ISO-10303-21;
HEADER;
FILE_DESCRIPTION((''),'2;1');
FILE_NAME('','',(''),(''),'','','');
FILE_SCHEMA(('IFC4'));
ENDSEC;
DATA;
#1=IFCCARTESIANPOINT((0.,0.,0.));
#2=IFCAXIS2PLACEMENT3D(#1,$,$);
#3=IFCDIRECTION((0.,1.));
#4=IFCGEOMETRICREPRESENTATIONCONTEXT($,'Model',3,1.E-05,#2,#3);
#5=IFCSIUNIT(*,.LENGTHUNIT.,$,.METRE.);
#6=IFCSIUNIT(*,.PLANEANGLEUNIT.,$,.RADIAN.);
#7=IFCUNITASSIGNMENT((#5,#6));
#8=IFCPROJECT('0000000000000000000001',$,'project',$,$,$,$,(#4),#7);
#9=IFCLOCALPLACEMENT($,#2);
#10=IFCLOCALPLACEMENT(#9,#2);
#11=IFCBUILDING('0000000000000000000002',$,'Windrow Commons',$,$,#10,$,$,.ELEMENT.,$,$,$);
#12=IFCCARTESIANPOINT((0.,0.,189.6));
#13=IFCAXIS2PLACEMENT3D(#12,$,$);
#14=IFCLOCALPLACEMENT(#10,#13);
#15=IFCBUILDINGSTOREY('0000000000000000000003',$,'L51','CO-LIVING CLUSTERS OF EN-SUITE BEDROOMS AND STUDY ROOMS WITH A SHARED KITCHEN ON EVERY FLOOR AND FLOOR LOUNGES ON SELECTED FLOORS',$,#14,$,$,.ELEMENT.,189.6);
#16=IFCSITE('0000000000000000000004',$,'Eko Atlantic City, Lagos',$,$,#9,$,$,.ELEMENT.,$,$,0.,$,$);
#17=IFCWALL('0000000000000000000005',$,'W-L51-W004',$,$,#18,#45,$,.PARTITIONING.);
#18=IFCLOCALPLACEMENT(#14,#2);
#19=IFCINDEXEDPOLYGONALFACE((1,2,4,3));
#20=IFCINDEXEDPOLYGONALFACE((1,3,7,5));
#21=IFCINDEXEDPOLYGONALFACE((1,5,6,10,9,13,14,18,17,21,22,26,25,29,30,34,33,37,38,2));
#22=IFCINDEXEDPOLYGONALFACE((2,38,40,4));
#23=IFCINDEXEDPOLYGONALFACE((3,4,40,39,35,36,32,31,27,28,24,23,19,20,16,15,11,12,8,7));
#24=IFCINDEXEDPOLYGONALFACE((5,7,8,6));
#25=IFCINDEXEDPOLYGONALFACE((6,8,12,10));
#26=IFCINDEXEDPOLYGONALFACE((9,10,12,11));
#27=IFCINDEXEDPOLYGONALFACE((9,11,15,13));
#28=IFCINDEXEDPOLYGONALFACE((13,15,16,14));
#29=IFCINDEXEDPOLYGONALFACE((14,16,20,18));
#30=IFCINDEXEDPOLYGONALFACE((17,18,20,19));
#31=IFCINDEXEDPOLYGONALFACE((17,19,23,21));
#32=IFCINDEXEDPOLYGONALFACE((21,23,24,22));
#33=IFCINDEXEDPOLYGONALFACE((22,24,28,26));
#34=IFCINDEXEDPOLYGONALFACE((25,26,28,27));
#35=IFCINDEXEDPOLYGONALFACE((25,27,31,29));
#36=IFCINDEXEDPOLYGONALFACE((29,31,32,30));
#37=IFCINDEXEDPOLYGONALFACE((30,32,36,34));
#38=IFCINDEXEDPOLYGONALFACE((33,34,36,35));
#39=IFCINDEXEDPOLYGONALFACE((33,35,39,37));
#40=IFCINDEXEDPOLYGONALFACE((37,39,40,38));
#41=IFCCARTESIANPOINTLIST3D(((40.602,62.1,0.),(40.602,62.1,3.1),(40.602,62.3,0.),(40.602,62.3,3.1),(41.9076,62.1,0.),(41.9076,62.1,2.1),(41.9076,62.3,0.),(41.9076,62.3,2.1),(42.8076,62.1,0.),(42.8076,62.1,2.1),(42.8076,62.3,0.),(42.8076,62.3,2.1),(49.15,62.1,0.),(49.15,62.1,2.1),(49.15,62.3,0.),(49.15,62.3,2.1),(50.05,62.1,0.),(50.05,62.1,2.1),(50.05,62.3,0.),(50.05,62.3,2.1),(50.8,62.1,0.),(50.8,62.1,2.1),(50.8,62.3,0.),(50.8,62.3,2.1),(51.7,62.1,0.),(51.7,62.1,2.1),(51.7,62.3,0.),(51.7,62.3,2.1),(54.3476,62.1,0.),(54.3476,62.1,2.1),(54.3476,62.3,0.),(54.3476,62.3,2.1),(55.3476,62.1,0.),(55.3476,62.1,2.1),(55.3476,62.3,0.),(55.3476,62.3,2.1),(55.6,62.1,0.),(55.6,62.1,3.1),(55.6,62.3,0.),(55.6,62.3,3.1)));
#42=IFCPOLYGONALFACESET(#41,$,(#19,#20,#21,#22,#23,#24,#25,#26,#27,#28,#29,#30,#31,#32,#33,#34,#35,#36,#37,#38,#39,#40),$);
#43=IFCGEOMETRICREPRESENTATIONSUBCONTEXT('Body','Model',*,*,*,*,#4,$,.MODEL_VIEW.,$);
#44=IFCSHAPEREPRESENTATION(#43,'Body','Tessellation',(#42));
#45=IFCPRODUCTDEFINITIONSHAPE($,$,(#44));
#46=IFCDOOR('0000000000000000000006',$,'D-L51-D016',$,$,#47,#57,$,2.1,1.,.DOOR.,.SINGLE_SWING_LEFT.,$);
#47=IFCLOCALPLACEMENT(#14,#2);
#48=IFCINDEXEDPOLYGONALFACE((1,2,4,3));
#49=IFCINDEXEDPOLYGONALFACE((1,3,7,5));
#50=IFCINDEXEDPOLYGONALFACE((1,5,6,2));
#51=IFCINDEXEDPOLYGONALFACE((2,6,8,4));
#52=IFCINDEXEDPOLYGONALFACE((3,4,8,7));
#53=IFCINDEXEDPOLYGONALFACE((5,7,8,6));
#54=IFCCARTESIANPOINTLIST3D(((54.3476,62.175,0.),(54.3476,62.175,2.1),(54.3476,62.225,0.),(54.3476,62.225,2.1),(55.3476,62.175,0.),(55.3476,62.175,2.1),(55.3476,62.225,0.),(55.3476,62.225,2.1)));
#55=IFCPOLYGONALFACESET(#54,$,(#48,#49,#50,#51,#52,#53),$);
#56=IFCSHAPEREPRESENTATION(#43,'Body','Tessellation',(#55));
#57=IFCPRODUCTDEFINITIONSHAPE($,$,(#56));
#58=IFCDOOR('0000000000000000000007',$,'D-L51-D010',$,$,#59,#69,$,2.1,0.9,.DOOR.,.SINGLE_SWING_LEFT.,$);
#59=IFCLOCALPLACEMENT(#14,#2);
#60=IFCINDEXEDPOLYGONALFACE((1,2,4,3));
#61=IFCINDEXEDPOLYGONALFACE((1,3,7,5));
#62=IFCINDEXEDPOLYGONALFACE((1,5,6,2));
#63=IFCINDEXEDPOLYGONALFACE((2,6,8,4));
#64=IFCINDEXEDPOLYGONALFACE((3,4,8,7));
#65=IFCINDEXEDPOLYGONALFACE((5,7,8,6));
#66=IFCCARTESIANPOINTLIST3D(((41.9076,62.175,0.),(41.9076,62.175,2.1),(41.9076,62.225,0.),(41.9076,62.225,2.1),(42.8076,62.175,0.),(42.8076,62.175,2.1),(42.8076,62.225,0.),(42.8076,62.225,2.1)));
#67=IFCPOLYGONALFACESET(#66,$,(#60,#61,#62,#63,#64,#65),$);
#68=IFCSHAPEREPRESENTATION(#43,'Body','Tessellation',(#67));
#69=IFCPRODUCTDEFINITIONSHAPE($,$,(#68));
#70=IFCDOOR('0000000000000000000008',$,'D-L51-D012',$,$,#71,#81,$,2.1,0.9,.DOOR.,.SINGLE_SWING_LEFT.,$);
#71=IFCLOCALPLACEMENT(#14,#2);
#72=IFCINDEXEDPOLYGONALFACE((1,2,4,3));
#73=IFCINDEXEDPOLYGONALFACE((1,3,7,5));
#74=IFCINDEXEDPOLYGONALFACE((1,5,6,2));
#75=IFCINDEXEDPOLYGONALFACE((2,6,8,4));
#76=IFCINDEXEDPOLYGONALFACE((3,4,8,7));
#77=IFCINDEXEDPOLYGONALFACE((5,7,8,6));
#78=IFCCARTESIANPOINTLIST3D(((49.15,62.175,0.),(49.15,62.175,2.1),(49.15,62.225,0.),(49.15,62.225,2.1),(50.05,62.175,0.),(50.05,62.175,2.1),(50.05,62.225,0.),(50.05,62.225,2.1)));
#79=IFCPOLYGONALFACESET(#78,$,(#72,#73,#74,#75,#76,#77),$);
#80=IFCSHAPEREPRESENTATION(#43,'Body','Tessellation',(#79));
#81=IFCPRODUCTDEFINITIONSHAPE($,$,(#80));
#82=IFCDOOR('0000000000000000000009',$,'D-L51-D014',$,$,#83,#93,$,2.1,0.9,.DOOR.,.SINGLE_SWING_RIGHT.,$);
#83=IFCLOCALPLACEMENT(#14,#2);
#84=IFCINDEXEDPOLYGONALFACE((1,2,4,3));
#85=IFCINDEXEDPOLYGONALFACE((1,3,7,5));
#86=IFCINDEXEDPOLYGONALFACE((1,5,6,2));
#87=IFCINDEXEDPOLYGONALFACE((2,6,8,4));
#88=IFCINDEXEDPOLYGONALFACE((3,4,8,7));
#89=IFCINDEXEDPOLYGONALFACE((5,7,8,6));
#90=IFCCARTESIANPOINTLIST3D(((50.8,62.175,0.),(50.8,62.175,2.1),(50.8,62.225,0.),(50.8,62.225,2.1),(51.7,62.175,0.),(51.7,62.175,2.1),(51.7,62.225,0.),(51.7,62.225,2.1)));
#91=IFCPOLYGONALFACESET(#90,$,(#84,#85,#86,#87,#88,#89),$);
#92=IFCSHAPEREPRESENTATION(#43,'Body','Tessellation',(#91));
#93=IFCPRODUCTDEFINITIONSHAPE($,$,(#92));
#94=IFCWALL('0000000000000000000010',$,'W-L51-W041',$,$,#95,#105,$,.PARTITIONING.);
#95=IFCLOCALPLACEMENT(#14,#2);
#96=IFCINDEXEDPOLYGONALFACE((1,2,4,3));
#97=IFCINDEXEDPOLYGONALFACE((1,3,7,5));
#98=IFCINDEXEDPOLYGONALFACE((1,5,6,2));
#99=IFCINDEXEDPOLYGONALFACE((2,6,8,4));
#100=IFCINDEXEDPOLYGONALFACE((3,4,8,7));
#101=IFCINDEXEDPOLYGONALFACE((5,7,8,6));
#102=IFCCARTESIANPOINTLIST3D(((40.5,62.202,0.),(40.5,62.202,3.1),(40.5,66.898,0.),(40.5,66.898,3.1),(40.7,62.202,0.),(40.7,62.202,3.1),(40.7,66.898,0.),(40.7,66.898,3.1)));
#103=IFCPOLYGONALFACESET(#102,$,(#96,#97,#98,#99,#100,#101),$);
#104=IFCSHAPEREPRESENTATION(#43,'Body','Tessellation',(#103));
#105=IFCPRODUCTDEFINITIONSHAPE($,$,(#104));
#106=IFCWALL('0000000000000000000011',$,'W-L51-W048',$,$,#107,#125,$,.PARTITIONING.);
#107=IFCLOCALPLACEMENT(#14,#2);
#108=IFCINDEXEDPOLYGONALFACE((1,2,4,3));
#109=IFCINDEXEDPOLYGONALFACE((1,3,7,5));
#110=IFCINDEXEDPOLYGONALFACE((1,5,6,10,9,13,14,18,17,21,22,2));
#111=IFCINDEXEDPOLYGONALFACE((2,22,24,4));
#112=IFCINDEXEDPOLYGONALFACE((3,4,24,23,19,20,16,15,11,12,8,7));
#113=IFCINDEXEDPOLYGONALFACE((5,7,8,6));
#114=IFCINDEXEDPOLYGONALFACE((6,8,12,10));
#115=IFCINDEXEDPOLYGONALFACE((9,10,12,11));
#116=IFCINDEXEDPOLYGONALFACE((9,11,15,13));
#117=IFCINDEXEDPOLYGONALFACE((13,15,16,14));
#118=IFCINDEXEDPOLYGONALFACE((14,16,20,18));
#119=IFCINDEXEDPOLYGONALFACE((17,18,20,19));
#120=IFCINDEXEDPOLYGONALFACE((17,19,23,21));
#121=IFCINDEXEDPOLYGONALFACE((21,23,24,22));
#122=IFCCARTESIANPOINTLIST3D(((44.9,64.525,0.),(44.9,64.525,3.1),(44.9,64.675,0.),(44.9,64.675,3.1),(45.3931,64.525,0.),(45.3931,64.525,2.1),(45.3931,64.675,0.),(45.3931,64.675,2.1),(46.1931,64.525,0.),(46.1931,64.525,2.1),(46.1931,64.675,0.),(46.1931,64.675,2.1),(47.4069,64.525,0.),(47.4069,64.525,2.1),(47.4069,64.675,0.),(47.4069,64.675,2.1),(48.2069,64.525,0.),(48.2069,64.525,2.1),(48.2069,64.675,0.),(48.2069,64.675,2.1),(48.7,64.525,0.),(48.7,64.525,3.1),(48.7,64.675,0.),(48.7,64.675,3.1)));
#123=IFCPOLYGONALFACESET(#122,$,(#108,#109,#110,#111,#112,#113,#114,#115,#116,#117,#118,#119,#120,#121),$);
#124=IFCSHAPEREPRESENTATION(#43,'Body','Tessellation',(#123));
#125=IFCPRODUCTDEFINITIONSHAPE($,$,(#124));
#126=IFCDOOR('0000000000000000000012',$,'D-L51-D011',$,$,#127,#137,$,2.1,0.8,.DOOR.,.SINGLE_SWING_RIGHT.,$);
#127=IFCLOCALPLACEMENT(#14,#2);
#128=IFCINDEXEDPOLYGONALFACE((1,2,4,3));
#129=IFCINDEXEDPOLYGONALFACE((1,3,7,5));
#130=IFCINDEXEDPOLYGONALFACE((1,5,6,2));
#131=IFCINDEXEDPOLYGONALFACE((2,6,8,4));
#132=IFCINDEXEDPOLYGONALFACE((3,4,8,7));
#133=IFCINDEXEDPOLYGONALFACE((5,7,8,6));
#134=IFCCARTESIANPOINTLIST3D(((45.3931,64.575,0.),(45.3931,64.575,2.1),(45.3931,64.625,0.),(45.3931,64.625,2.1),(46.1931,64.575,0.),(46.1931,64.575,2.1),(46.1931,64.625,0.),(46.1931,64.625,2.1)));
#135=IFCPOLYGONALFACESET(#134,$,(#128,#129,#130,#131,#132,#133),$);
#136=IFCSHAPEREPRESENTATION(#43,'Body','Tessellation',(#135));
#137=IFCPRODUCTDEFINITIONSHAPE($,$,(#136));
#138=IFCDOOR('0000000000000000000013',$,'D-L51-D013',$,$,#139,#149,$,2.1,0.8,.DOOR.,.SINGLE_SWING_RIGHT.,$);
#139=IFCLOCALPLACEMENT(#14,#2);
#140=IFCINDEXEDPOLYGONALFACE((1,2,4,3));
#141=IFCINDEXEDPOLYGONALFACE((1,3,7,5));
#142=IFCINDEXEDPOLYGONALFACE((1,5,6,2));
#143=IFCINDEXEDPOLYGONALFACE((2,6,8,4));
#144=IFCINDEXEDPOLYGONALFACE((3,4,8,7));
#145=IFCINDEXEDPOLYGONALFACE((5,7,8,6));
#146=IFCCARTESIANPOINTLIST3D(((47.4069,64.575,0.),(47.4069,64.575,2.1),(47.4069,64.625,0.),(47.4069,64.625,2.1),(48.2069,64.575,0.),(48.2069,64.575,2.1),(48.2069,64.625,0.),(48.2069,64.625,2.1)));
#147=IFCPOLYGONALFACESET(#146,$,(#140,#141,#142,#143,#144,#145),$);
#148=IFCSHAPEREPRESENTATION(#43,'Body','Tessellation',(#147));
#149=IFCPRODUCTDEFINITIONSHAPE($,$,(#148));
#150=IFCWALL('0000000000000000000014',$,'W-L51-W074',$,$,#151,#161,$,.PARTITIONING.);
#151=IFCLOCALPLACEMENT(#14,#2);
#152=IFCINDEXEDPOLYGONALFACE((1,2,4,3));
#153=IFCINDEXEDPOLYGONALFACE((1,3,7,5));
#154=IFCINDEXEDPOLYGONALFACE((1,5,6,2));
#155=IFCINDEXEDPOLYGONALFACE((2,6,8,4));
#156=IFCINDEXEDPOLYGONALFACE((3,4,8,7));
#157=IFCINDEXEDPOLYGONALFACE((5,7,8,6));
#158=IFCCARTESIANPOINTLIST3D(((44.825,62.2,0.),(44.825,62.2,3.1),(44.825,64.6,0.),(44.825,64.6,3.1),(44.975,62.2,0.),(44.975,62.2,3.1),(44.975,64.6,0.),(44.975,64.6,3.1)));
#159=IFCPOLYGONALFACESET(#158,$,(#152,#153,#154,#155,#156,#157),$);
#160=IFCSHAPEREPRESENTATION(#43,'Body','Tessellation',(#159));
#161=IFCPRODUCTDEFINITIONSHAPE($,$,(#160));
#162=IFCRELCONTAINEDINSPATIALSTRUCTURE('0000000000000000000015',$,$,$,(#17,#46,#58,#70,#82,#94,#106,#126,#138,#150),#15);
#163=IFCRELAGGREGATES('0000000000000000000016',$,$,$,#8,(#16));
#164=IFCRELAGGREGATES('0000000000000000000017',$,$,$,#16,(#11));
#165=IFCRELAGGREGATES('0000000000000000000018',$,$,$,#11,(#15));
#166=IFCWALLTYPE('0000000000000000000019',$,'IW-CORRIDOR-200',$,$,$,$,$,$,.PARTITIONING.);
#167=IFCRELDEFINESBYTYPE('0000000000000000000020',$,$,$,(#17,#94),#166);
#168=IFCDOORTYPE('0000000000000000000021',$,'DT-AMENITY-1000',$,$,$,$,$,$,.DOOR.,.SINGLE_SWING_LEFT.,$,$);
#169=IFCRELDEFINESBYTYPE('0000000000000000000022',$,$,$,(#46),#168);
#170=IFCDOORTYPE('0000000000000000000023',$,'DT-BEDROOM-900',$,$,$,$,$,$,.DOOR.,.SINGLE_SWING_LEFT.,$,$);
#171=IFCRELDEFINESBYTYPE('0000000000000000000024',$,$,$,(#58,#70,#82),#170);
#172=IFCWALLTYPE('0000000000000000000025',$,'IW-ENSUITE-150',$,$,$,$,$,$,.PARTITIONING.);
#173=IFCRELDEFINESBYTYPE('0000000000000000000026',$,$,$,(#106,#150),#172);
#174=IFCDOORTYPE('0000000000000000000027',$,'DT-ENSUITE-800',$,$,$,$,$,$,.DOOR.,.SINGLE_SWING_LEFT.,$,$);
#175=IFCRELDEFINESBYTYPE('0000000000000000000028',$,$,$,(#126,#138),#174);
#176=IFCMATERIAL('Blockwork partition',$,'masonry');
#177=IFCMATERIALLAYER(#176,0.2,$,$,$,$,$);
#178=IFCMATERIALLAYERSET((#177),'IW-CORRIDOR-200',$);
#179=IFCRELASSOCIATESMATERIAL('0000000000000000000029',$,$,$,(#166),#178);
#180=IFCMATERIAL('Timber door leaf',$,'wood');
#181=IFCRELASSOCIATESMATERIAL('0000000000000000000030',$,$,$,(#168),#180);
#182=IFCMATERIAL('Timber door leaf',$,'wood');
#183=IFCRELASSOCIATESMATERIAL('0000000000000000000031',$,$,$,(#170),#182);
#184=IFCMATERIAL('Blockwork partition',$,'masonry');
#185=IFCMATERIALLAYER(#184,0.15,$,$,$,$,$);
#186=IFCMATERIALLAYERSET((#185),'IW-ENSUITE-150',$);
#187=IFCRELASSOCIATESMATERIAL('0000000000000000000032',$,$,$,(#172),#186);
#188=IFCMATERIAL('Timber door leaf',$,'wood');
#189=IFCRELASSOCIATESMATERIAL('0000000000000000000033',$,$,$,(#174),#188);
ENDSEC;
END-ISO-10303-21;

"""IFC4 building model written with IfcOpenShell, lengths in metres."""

from ifc_helpers import new_model, si_unit, direction, frame, frame_2d, origin, place, context, subcontext, project, spatial, rectangle, extrude, material, layer, layer_set, type_object, element, fill, save


model = new_model("IFC4")

# Units and contexts
model_context = context("Model", 3, precision=1e-05, world=origin(), true_north=direction((0.0, 1.0)))
body_context = subcontext(model_context, "Body", "Model", "MODEL_VIEW")
ifc_project = project(units=[si_unit("LENGTHUNIT", "METRE"), si_unit("PLANEANGLEUNIT", "RADIAN")], contexts=[model_context])

# Site, building, storey
site_placement = place(None, origin())
site = spatial("IfcSite", under=ifc_project, at=site_placement, Name="Eko Atlantic City, Lagos", CompositionType="ELEMENT", RefElevation=0.0)
building_placement = place(site_placement, origin())
building = spatial("IfcBuilding", under=site, at=building_placement, Name="Windrow Commons", CompositionType="ELEMENT")
storey_placement = place(building_placement, frame((0.0, 0.0, 189.6)))
storey = spatial("IfcBuildingStorey", under=building, at=storey_placement, Name="L51", Description="CO-LIVING CLUSTERS OF EN-SUITE BEDROOMS AND STUDY ROOMS WITH A SHARED KITCHEN ON EVERY FLOOR AND FLOOR LOUNGES ON SELECTED FLOORS", CompositionType="ELEMENT", Elevation=189.6)

# Wall, openings, doors
ifc_material_1 = material(Name="Blockwork partition", Category="masonry")
ifc_layer_1 = layer(ifc_material_1, 0.2)
ifc_layer_set_1 = layer_set([ifc_layer_1], Name="IW-CORRIDOR-200")
wall_type_1 = type_object("IfcWallType", Name="IW-CORRIDOR-200", PredefinedType="PARTITIONING", material=ifc_layer_set_1)
wall_1_placement = place(storey_placement, frame((40.602, 62.2, 0.0), z_axis=(0.0, 0.0, 1.0), x_axis=(1.0, 0.0, 0.0)))
wall_1 = element("IfcWall", 1, at=wall_1_placement, inside=storey, type_object=wall_type_1, Name="W-L51-W004", PredefinedType="PARTITIONING", context=body_context, shape_type="SweptSolid", body=[
    extrude(rectangle(XDim=14.998, YDim=0.2, at=frame_2d((7.499, 0.0))), origin(), (0.0, 0.0, 1.0), 3.1),
])
opening_1_placement = place(wall_1_placement, frame((1.3056, 0.0, 0.0)))
opening_1 = element("IfcOpeningElement", 2, at=opening_1_placement, cuts=wall_1, PredefinedType="OPENING", context=body_context, shape_type="SweptSolid", body=[
    extrude(rectangle(XDim=0.9, YDim=2.1, at=frame_2d((0.45, 1.05))), frame((0.0, 0.11, 0.0), z_axis=(0.0, -1.0, 0.0), x_axis=(1.0, 0.0, 0.0)), (0.0, 0.0, 1.0), 0.22),
])
opening_2_placement = place(wall_1_placement, frame((8.548, 0.0, 0.0)))
opening_2 = element("IfcOpeningElement", 3, at=opening_2_placement, cuts=wall_1, PredefinedType="OPENING", context=body_context, shape_type="SweptSolid", body=[
    extrude(rectangle(XDim=0.9, YDim=2.1, at=frame_2d((0.45, 1.05))), frame((0.0, 0.11, 0.0), z_axis=(0.0, -1.0, 0.0), x_axis=(1.0, 0.0, 0.0)), (0.0, 0.0, 1.0), 0.22),
])
opening_3_placement = place(wall_1_placement, frame((10.198, 0.0, 0.0)))
opening_3 = element("IfcOpeningElement", 4, at=opening_3_placement, cuts=wall_1, PredefinedType="OPENING", context=body_context, shape_type="SweptSolid", body=[
    extrude(rectangle(XDim=0.9, YDim=2.1, at=frame_2d((0.45, 1.05))), frame((0.0, 0.11, 0.0), z_axis=(0.0, -1.0, 0.0), x_axis=(1.0, 0.0, 0.0)), (0.0, 0.0, 1.0), 0.22),
])
opening_4_placement = place(wall_1_placement, frame((13.7456, 0.0, 0.0)))
opening_4 = element("IfcOpeningElement", 5, at=opening_4_placement, cuts=wall_1, PredefinedType="OPENING", context=body_context, shape_type="SweptSolid", body=[
    extrude(rectangle(XDim=1.0, YDim=2.1, at=frame_2d((0.5, 1.05))), frame((0.0, 0.11, 0.0), z_axis=(0.0, -1.0, 0.0), x_axis=(1.0, 0.0, 0.0)), (0.0, 0.0, 1.0), 0.22),
])
ifc_material_2 = material(Name="Timber door leaf", Category="wood")
door_type_1 = type_object("IfcDoorType", Name="DT-AMENITY-1000", OperationType="SINGLE_SWING_LEFT", PredefinedType="DOOR", material=ifc_material_2)
door_1_placement = place(opening_4_placement, origin())
door_1 = element("IfcDoor", 6, at=door_1_placement, inside=storey, type_object=door_type_1, Name="D-L51-D016", OperationType="SINGLE_SWING_LEFT", OverallHeight=2.1, OverallWidth=1.0, PredefinedType="DOOR", context=body_context, shape_type="SweptSolid", body=[
    extrude(rectangle(XDim=1.0, YDim=2.1, at=frame_2d((0.5, 1.05))), frame((0.0, 0.025, 0.0), z_axis=(0.0, -1.0, 0.0), x_axis=(1.0, 0.0, 0.0)), (0.0, 0.0, 1.0), 0.05),
])
fill(opening_4, door_1)
ifc_material_3 = material(Name="Timber door leaf", Category="wood")
door_type_2 = type_object("IfcDoorType", Name="DT-BEDROOM-900", OperationType="SINGLE_SWING_LEFT", PredefinedType="DOOR", material=ifc_material_3)
door_2_placement = place(opening_1_placement, origin())
door_2 = element("IfcDoor", 7, at=door_2_placement, inside=storey, type_object=door_type_2, Name="D-L51-D010", OperationType="SINGLE_SWING_LEFT", OverallHeight=2.1, OverallWidth=0.9, PredefinedType="DOOR", context=body_context, shape_type="SweptSolid", body=[
    extrude(rectangle(XDim=0.9, YDim=2.1, at=frame_2d((0.45, 1.05))), frame((0.0, 0.025, 0.0), z_axis=(0.0, -1.0, 0.0), x_axis=(1.0, 0.0, 0.0)), (0.0, 0.0, 1.0), 0.05),
])
fill(opening_1, door_2)
door_3_placement = place(opening_2_placement, origin())
door_3 = element("IfcDoor", 8, at=door_3_placement, inside=storey, type_object=door_type_2, Name="D-L51-D012", OperationType="SINGLE_SWING_LEFT", OverallHeight=2.1, OverallWidth=0.9, PredefinedType="DOOR", context=body_context, shape_type="SweptSolid", body=[
    extrude(rectangle(XDim=0.9, YDim=2.1, at=frame_2d((0.45, 1.05))), frame((0.0, 0.025, 0.0), z_axis=(0.0, -1.0, 0.0), x_axis=(1.0, 0.0, 0.0)), (0.0, 0.0, 1.0), 0.05),
])
fill(opening_2, door_3)
door_4_placement = place(opening_3_placement, origin())
door_4 = element("IfcDoor", 9, at=door_4_placement, inside=storey, type_object=door_type_2, Name="D-L51-D014", OperationType="SINGLE_SWING_RIGHT", OverallHeight=2.1, OverallWidth=0.9, PredefinedType="DOOR", context=body_context, shape_type="SweptSolid", body=[
    extrude(rectangle(XDim=0.9, YDim=2.1, at=frame_2d((0.45, 1.05))), frame((0.0, 0.025, 0.0), z_axis=(0.0, -1.0, 0.0), x_axis=(1.0, 0.0, 0.0)), (0.0, 0.0, 1.0), 0.05),
])
fill(opening_3, door_4)

# Wall
wall_2_placement = place(storey_placement, frame((40.6, 62.202, 0.0), z_axis=(0.0, 0.0, 1.0), x_axis=(0.0, 1.0, 0.0)))
element("IfcWall", 10, at=wall_2_placement, inside=storey, type_object=wall_type_1, Name="W-L51-W041", PredefinedType="PARTITIONING", context=body_context, shape_type="SweptSolid", body=[
    extrude(rectangle(XDim=4.696, YDim=0.2, at=frame_2d((2.348, 0.0))), origin(), (0.0, 0.0, 1.0), 3.1),
])

# Wall, openings, doors
ifc_material_4 = material(Name="Blockwork partition", Category="masonry")
ifc_layer_2 = layer(ifc_material_4, 0.15)
ifc_layer_set_2 = layer_set([ifc_layer_2], Name="IW-ENSUITE-150")
wall_type_2 = type_object("IfcWallType", Name="IW-ENSUITE-150", PredefinedType="PARTITIONING", material=ifc_layer_set_2)
wall_3_placement = place(storey_placement, frame((44.9, 64.6, 0.0), z_axis=(0.0, 0.0, 1.0), x_axis=(1.0, 0.0, 0.0)))
wall_3 = element("IfcWall", 11, at=wall_3_placement, inside=storey, type_object=wall_type_2, Name="W-L51-W048", PredefinedType="PARTITIONING", context=body_context, shape_type="SweptSolid", body=[
    extrude(rectangle(XDim=3.8, YDim=0.15, at=frame_2d((1.9, 0.0))), origin(), (0.0, 0.0, 1.0), 3.1),
])
opening_5_placement = place(wall_3_placement, frame((0.4931, 0.0, 0.0)))
opening_5 = element("IfcOpeningElement", 12, at=opening_5_placement, cuts=wall_3, PredefinedType="OPENING", context=body_context, shape_type="SweptSolid", body=[
    extrude(rectangle(XDim=0.8, YDim=2.1, at=frame_2d((0.4, 1.05))), frame((0.0, 0.085, 0.0), z_axis=(0.0, -1.0, 0.0), x_axis=(1.0, 0.0, 0.0)), (0.0, 0.0, 1.0), 0.17),
])
opening_6_placement = place(wall_3_placement, frame((2.5069, 0.0, 0.0)))
opening_6 = element("IfcOpeningElement", 13, at=opening_6_placement, cuts=wall_3, PredefinedType="OPENING", context=body_context, shape_type="SweptSolid", body=[
    extrude(rectangle(XDim=0.8, YDim=2.1, at=frame_2d((0.4, 1.05))), frame((0.0, 0.085, 0.0), z_axis=(0.0, -1.0, 0.0), x_axis=(1.0, 0.0, 0.0)), (0.0, 0.0, 1.0), 0.17),
])
ifc_material_5 = material(Name="Timber door leaf", Category="wood")
door_type_3 = type_object("IfcDoorType", Name="DT-ENSUITE-800", OperationType="SINGLE_SWING_LEFT", PredefinedType="DOOR", material=ifc_material_5)
door_5_placement = place(opening_5_placement, origin())
door_5 = element("IfcDoor", 14, at=door_5_placement, inside=storey, type_object=door_type_3, Name="D-L51-D011", OperationType="SINGLE_SWING_RIGHT", OverallHeight=2.1, OverallWidth=0.8, PredefinedType="DOOR", context=body_context, shape_type="SweptSolid", body=[
    extrude(rectangle(XDim=0.8, YDim=2.1, at=frame_2d((0.4, 1.05))), frame((0.0, 0.025, 0.0), z_axis=(0.0, -1.0, 0.0), x_axis=(1.0, 0.0, 0.0)), (0.0, 0.0, 1.0), 0.05),
])
fill(opening_5, door_5)
door_6_placement = place(opening_6_placement, origin())
door_6 = element("IfcDoor", 15, at=door_6_placement, inside=storey, type_object=door_type_3, Name="D-L51-D013", OperationType="SINGLE_SWING_RIGHT", OverallHeight=2.1, OverallWidth=0.8, PredefinedType="DOOR", context=body_context, shape_type="SweptSolid", body=[
    extrude(rectangle(XDim=0.8, YDim=2.1, at=frame_2d((0.4, 1.05))), frame((0.0, 0.025, 0.0), z_axis=(0.0, -1.0, 0.0), x_axis=(1.0, 0.0, 0.0)), (0.0, 0.0, 1.0), 0.05),
])
fill(opening_6, door_6)

# Wall
for number, where, z_axis, x_axis, name in (
    (16, (44.9, 62.2, 0.0), (0.0, 0.0, 1.0), (0.0, 1.0, 0.0), "W-L51-W074"),
):
    element("IfcWall", number, at=place(storey_placement, frame(where, z_axis=z_axis, x_axis=x_axis)), inside=storey, type_object=wall_type_2, Name=name, PredefinedType="PARTITIONING", context=body_context, shape_type="SweptSolid", body=[
        extrude(rectangle(XDim=2.4, YDim=0.15, at=frame_2d((1.2, 0.0))), origin(), (0.0, 0.0, 1.0), 3.1),
    ])

save(model, "model.ifc")
